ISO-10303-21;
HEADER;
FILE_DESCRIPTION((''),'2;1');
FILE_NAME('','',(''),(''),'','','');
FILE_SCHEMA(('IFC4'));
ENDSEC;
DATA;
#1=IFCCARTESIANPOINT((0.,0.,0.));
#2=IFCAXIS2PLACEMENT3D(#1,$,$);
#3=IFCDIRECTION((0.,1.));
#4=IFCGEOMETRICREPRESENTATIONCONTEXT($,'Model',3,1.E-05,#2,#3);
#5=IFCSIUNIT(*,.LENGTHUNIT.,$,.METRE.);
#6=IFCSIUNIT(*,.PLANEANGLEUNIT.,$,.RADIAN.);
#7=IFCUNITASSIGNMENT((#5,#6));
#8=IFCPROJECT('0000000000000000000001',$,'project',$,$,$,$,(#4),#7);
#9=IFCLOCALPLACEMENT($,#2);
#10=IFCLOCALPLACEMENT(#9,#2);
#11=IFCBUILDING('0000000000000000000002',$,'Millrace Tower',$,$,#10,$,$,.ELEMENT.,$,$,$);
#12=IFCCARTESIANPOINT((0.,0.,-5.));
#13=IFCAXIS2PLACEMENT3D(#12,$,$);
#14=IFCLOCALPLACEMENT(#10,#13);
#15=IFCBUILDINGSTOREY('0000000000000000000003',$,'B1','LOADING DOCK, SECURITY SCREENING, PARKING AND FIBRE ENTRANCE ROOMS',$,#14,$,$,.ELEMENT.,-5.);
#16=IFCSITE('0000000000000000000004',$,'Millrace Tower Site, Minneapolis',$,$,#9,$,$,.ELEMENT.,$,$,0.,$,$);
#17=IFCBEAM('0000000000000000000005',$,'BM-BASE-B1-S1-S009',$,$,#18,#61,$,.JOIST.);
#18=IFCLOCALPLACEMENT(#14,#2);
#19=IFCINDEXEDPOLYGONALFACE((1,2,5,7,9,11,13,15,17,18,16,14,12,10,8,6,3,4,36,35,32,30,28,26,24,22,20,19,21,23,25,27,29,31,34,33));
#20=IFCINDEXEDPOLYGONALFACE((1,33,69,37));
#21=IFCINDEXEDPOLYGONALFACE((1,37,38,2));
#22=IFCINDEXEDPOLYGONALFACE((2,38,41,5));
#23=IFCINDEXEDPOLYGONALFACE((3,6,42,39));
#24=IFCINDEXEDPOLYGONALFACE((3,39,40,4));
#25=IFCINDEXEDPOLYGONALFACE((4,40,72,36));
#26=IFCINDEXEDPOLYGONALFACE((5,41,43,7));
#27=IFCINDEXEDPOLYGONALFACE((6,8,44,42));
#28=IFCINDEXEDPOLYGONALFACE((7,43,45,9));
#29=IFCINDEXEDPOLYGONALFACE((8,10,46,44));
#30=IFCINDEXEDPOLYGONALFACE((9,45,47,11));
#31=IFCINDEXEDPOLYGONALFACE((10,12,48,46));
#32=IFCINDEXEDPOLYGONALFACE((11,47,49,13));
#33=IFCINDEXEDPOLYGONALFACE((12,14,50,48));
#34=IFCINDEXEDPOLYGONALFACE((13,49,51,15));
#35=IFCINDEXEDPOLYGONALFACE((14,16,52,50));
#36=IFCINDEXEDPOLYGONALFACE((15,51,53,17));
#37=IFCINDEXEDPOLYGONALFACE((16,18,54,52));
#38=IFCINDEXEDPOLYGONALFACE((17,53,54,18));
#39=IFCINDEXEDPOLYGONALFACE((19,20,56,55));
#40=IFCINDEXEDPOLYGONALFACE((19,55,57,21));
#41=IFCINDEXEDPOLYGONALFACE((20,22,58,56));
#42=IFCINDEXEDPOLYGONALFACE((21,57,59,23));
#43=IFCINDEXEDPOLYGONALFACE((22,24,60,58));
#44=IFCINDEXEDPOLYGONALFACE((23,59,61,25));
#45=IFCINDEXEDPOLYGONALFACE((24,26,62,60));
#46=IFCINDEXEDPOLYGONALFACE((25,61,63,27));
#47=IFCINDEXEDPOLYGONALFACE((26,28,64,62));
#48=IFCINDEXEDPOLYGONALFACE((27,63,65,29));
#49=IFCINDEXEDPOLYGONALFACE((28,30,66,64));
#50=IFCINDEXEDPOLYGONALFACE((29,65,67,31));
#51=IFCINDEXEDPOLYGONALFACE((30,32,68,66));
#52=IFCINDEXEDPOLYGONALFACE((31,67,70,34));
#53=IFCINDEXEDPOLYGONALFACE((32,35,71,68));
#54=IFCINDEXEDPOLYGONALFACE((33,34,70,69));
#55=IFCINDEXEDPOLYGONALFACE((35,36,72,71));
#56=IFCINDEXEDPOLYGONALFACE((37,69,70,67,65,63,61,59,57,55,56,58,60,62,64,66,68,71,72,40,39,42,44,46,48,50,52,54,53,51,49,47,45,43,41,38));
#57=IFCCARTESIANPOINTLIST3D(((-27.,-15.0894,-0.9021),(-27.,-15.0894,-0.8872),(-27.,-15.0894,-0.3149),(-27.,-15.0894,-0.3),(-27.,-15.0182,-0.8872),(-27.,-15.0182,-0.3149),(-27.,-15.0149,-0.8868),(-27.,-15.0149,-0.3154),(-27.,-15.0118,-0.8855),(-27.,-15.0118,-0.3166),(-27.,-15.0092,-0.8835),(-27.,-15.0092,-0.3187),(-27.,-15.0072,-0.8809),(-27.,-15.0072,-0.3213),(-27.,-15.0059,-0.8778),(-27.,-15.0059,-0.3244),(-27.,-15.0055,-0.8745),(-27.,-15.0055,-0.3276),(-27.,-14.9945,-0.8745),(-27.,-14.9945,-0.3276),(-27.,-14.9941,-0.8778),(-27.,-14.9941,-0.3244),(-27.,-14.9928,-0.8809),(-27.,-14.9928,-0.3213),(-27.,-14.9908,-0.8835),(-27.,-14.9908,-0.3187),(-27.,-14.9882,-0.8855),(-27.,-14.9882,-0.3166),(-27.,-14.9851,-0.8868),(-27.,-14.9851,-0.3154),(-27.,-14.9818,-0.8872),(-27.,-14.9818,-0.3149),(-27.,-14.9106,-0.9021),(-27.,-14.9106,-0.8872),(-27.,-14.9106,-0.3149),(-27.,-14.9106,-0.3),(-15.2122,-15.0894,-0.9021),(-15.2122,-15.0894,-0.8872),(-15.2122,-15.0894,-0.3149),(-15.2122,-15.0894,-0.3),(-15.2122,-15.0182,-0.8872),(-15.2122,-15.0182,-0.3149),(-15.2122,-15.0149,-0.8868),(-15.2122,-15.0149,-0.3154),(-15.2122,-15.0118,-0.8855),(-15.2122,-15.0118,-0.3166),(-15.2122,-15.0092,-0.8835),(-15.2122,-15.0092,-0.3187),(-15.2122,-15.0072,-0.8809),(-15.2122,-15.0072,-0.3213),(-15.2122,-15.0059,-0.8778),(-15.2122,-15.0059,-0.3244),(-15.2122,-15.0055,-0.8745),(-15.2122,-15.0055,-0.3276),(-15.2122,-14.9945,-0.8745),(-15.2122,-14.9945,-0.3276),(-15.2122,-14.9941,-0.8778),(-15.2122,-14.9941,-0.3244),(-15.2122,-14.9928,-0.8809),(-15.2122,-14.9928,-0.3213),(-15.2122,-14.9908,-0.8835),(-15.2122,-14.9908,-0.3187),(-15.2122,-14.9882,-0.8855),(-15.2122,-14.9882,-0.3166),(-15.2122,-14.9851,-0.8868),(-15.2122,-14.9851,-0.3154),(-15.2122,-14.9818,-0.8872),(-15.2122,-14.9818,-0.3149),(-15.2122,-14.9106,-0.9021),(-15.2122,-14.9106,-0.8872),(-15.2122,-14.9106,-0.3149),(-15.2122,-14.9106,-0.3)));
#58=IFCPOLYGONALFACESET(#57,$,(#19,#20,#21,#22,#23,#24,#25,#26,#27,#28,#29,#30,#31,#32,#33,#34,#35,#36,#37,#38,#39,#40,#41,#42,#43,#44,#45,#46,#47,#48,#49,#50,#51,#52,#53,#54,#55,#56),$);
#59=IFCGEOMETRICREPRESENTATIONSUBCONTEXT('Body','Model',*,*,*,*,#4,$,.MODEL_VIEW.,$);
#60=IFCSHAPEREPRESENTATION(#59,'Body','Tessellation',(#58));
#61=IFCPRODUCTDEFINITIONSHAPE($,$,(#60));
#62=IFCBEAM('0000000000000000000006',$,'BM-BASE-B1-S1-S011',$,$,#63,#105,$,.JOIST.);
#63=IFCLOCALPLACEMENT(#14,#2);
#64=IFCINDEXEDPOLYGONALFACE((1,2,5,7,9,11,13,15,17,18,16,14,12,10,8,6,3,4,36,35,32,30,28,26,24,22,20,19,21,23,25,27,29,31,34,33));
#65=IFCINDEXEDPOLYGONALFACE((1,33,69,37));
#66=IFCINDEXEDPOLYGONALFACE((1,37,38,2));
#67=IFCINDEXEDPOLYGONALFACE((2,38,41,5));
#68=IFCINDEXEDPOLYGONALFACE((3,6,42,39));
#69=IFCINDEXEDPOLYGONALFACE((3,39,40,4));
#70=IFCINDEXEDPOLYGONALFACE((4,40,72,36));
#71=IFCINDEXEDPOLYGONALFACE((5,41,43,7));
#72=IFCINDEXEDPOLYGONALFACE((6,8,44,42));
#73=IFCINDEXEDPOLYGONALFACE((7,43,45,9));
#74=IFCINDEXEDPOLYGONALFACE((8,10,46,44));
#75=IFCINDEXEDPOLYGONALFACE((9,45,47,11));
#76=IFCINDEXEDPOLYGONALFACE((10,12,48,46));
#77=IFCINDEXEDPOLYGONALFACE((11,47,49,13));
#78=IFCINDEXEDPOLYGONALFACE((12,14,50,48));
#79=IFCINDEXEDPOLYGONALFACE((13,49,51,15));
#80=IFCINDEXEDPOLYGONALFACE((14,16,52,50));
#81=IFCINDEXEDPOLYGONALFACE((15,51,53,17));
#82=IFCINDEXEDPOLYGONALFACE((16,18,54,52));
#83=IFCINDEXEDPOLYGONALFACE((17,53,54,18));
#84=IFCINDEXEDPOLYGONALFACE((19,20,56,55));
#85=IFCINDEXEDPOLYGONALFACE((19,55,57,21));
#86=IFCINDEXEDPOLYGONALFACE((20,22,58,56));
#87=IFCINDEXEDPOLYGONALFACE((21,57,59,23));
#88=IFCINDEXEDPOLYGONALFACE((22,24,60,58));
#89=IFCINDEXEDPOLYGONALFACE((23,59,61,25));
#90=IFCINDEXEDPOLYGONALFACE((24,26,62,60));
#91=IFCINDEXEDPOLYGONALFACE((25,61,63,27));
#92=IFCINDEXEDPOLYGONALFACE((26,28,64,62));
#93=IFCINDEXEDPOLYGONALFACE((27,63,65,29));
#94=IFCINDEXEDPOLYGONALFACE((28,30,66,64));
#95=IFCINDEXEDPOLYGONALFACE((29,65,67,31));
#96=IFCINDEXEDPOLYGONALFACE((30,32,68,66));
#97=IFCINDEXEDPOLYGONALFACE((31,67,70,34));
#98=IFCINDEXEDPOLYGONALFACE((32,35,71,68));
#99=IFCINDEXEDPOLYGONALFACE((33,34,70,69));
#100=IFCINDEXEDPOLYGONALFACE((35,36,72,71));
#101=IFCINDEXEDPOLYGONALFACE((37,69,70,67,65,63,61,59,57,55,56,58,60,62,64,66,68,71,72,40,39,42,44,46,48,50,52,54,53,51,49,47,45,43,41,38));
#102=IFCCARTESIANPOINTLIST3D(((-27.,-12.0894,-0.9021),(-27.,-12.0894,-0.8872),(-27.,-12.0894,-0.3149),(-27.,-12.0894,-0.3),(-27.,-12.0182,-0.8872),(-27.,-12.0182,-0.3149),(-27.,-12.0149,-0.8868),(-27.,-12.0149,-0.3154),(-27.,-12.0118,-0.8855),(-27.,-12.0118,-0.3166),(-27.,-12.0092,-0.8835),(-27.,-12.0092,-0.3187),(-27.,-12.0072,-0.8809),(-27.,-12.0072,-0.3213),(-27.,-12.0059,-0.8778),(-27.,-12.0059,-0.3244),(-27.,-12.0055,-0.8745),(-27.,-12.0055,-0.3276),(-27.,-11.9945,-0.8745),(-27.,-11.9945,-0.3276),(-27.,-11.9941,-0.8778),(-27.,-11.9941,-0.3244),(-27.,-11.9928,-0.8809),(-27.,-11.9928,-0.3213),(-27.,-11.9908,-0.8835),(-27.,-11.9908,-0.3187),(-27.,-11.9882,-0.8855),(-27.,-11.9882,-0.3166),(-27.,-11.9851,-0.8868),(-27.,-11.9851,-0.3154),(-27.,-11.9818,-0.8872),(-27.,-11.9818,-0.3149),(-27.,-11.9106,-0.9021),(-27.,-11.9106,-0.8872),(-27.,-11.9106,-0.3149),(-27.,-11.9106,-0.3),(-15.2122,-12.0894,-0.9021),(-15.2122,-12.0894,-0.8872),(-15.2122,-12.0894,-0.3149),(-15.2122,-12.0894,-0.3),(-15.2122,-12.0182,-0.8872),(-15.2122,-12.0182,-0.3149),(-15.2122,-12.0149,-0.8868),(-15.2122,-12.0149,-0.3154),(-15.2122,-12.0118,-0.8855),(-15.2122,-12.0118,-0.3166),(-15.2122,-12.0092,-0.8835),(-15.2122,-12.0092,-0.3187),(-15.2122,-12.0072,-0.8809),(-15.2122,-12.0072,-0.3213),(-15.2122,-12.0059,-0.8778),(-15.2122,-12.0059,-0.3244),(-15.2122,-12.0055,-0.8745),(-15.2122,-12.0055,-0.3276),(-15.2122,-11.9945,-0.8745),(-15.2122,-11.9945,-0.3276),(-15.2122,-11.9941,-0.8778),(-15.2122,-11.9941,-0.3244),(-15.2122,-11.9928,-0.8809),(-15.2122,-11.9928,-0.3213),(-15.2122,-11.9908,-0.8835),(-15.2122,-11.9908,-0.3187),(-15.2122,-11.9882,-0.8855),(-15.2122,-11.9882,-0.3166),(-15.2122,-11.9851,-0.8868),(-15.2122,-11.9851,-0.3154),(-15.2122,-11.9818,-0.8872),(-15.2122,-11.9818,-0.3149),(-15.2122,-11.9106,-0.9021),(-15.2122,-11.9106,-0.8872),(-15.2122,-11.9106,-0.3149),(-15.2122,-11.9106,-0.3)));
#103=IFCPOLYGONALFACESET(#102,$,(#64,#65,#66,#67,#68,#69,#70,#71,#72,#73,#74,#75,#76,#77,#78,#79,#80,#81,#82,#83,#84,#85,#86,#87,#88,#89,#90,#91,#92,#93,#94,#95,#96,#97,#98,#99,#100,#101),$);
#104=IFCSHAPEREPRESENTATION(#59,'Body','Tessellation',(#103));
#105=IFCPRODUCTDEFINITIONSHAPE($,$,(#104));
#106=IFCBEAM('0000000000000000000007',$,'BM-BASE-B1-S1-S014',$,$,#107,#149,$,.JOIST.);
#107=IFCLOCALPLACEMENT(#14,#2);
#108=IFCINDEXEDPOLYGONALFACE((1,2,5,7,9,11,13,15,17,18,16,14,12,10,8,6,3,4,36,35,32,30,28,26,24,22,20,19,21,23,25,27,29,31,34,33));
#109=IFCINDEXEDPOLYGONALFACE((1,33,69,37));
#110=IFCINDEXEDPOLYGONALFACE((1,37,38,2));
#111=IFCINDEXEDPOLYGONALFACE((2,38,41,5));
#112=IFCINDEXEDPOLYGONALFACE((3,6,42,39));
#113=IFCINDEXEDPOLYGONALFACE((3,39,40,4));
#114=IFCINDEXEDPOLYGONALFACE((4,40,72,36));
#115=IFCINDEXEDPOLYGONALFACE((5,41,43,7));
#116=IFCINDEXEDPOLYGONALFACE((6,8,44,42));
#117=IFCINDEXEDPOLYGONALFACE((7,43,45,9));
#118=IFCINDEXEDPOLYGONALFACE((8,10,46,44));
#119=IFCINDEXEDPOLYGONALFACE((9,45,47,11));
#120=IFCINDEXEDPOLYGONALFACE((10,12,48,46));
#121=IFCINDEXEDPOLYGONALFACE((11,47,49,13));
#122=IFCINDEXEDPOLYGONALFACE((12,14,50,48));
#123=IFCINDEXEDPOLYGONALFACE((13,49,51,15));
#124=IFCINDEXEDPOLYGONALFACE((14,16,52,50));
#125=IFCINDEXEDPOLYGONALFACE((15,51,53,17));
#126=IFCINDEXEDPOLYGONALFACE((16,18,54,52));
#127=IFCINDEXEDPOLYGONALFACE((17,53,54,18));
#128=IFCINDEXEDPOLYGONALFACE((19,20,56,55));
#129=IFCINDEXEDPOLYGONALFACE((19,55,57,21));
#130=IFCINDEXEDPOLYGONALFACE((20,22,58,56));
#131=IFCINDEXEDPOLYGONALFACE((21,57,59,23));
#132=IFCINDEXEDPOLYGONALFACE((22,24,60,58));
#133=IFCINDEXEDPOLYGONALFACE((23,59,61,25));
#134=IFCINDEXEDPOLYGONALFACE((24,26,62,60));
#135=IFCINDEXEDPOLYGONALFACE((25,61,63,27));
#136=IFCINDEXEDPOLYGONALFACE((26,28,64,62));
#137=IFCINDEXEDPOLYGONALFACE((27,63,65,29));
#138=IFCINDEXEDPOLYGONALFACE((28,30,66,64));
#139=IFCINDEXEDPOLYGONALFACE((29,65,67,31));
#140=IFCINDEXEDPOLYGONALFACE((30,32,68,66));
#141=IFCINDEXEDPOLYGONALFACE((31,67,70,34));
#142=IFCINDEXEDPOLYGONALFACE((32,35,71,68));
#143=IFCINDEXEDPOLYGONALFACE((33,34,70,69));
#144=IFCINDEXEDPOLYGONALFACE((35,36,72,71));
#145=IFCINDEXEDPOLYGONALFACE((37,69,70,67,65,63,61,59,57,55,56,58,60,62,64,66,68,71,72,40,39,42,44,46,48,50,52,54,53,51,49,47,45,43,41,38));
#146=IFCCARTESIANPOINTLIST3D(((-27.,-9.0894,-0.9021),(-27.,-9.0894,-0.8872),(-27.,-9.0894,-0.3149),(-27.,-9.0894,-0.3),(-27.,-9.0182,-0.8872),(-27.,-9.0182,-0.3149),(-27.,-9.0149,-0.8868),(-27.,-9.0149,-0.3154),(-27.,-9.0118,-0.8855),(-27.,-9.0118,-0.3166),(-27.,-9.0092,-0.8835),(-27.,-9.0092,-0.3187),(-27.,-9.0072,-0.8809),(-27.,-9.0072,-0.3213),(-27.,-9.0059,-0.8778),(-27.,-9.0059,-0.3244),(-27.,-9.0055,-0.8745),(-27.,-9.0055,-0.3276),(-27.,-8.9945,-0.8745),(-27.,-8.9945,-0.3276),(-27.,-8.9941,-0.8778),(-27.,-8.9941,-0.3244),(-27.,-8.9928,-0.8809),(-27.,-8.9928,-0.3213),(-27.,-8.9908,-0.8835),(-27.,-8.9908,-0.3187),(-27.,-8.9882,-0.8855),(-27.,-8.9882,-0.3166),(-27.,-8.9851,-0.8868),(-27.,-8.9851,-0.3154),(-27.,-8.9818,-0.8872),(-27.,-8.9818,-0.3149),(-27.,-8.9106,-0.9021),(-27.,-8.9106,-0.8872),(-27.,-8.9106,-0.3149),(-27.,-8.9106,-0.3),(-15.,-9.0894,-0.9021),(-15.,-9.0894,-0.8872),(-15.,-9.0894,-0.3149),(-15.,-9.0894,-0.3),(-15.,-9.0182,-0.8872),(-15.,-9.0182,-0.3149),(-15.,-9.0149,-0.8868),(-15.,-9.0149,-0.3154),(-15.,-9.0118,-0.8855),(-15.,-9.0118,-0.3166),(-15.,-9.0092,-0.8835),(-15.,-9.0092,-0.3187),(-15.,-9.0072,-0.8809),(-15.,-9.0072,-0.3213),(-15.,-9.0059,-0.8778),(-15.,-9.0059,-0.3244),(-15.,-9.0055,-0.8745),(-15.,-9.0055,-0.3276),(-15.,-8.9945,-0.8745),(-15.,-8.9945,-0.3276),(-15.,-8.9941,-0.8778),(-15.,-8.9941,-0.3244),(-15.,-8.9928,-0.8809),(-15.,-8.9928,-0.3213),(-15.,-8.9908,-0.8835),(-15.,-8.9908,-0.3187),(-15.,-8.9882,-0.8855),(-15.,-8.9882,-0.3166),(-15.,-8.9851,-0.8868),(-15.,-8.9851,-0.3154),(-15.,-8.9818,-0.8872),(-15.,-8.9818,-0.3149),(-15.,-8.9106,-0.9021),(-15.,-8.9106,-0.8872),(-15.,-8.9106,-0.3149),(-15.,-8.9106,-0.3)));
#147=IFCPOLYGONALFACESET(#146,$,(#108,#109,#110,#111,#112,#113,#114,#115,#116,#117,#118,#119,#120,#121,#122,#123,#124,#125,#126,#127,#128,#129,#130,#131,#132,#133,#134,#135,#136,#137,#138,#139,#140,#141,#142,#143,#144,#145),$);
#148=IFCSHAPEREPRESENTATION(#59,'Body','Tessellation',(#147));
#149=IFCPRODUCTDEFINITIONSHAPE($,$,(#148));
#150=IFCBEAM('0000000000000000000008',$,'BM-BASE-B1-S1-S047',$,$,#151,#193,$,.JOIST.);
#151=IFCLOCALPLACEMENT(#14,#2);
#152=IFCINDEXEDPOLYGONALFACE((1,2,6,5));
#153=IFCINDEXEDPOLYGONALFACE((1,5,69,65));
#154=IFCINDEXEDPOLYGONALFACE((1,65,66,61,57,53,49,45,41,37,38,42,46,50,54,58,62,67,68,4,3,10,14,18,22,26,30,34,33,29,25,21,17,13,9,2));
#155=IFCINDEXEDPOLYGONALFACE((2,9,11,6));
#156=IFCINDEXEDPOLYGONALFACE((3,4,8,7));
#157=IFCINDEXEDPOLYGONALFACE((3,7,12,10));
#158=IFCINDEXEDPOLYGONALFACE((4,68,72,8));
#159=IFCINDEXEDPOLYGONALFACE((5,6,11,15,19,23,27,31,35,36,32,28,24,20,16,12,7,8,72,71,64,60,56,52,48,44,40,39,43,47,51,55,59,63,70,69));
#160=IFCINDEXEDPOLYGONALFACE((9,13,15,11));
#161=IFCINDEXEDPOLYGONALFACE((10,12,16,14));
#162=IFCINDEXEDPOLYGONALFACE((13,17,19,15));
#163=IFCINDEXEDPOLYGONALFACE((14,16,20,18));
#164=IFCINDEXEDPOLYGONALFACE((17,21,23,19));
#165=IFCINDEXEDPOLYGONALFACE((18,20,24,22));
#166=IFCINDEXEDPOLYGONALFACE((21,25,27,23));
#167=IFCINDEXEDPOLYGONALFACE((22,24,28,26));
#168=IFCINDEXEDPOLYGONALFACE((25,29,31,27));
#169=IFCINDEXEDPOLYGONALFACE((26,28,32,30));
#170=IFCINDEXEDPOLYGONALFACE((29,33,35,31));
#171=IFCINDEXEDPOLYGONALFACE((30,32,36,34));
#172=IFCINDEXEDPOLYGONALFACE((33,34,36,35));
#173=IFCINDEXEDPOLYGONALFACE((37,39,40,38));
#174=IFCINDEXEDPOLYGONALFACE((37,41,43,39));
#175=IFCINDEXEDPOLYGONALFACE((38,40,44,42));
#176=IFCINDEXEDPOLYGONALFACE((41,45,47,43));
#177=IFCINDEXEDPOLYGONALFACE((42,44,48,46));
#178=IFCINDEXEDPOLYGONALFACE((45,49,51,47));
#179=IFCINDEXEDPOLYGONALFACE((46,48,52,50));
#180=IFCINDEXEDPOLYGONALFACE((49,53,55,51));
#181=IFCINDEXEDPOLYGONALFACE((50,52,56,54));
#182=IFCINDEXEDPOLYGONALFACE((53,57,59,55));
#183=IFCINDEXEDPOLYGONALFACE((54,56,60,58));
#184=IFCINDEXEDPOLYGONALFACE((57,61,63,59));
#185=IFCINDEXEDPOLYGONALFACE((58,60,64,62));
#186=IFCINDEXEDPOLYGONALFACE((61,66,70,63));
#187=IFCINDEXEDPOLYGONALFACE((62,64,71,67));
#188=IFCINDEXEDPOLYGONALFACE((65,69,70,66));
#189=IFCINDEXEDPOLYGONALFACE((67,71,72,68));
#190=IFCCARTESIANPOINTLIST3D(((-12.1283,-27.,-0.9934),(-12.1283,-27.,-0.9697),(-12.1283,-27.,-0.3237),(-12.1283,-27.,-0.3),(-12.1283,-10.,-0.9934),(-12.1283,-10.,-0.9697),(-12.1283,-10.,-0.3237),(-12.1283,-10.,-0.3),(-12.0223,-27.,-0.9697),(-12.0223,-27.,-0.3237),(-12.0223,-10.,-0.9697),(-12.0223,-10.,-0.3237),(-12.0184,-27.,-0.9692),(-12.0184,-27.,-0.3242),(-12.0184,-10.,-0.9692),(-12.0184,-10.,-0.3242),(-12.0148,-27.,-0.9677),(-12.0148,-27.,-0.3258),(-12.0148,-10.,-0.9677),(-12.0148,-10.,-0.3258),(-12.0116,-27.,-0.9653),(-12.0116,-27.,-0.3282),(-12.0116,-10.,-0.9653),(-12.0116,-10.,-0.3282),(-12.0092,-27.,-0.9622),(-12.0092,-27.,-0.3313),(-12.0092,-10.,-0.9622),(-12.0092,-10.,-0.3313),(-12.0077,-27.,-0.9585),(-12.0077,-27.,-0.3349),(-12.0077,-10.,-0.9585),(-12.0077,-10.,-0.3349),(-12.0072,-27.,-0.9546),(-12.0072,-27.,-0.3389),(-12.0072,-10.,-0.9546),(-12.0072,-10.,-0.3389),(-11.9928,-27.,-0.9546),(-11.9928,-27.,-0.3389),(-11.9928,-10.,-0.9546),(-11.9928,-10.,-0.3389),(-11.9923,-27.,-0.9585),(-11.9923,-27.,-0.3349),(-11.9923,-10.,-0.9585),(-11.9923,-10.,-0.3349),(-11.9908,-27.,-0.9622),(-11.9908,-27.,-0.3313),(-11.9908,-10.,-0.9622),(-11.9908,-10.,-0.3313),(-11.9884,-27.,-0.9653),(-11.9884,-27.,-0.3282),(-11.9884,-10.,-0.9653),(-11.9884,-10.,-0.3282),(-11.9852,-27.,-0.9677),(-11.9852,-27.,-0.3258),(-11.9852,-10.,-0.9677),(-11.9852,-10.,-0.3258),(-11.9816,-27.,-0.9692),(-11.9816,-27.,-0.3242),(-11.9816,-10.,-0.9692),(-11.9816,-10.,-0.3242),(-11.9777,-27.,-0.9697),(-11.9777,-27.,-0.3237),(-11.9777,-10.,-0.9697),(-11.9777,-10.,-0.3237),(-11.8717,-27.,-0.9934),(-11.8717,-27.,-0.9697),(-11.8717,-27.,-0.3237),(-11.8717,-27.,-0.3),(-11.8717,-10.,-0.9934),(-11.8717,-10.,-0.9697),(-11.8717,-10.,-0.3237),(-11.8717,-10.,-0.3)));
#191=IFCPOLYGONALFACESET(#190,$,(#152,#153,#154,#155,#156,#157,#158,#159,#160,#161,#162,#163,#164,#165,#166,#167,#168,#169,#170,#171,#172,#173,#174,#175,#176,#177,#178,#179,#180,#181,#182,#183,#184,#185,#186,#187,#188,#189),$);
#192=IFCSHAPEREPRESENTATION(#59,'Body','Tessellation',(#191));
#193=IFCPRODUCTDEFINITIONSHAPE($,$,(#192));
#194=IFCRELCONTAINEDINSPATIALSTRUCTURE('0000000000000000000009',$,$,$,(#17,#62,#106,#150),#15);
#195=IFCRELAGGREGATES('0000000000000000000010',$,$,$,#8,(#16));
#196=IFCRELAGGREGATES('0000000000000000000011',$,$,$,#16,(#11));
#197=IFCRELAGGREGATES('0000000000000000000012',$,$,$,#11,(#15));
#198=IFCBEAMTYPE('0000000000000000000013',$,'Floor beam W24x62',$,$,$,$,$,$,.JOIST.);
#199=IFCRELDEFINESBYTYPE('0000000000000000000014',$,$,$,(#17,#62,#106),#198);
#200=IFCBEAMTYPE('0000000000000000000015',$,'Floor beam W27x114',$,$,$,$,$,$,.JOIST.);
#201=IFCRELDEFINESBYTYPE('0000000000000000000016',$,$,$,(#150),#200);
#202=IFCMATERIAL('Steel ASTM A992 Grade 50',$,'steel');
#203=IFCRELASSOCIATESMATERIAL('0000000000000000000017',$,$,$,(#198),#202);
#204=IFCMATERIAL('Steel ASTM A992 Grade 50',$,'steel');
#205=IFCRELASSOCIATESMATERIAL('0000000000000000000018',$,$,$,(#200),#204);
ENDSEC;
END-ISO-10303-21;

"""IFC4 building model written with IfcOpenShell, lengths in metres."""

from ifc_helpers import new_model, si_unit, direction, frame, origin, origin_2d, place, context, subcontext, project, spatial, i_section, extrude, material, material_profile, profile_set, type_object, element, save


model = new_model("IFC4")

# Units and contexts
model_context = context("Model", 3, precision=1e-05, world=origin(), true_north=direction((0.0, 1.0)))
body_context = subcontext(model_context, "Body", "Model", "MODEL_VIEW")
ifc_project = project(units=[si_unit("LENGTHUNIT", "METRE"), si_unit("PLANEANGLEUNIT", "RADIAN")], contexts=[model_context])

# Site, building, storey
site_placement = place(None, origin())
site = spatial("IfcSite", under=ifc_project, at=site_placement, Name="Millrace Tower Site, Minneapolis", CompositionType="ELEMENT", RefElevation=0.0)
building_placement = place(site_placement, origin())
building = spatial("IfcBuilding", under=site, at=building_placement, Name="Millrace Tower", CompositionType="ELEMENT")
storey_placement = place(building_placement, frame((0.0, 0.0, -5.0)))
storey = spatial("IfcBuildingStorey", under=building, at=storey_placement, Name="B1", Description="LOADING DOCK, SECURITY SCREENING, PARKING AND FIBRE ENTRANCE ROOMS", CompositionType="ELEMENT", Elevation=-5.0)

# Beams
ifc_material_1 = material(Name="Steel ASTM A992 Grade 50", Category="steel")
ifc_material_profile_1 = material_profile(ifc_material_1, i_section(OverallWidth=0.1787, OverallDepth=0.6021, WebThickness=0.011, FlangeThickness=0.0149, FilletRadius=0.0127, at=origin_2d()))
ifc_profile_set_1 = profile_set([ifc_material_profile_1], Name="Steel ASTM A992 Grade 50")
beam_type_1 = type_object("IfcBeamType", Name="Floor beam W24x62", PredefinedType="JOIST", material=ifc_profile_set_1)
for number, where, z_axis, x_axis, name in (
    (1, (-27.0, -15.0, -0.6011), (1.0, 0.0, 0.0), (0.0, 1.0, 0.0), "BM-BASE-B1-S1-S009"),
    (2, (-27.0, -12.0, -0.6011), (1.0, 0.0, 0.0), (0.0, 1.0, 0.0), "BM-BASE-B1-S1-S011"),
):
    element("IfcBeam", number, at=place(storey_placement, frame(where, z_axis=z_axis, x_axis=x_axis)), inside=storey, type_object=beam_type_1, Name=name, PredefinedType="JOIST", context=body_context, shape_type="SweptSolid", body=[
        extrude(i_section(OverallWidth=0.1787, OverallDepth=0.6021, WebThickness=0.011, FlangeThickness=0.0149, FilletRadius=0.0127, at=origin_2d()), origin(), (0.0, 0.0, 1.0), 11.7878),
    ])
beam_1_placement = place(storey_placement, frame((-27.0, -9.0, -0.6011), z_axis=(1.0, 0.0, 0.0), x_axis=(0.0, 1.0, 0.0)))
element("IfcBeam", 3, at=beam_1_placement, inside=storey, type_object=beam_type_1, Name="BM-BASE-B1-S1-S014", PredefinedType="JOIST", context=body_context, shape_type="SweptSolid", body=[
    extrude(i_section(OverallWidth=0.1787, OverallDepth=0.6021, WebThickness=0.011, FlangeThickness=0.0149, FilletRadius=0.0127, at=origin_2d()), origin(), (0.0, 0.0, 1.0), 12.0),
])
ifc_material_2 = material(Name="Steel ASTM A992 Grade 50", Category="steel")
ifc_material_profile_2 = material_profile(ifc_material_2, i_section(OverallWidth=0.2566, OverallDepth=0.6934, WebThickness=0.0144, FlangeThickness=0.0237, FilletRadius=0.0151, at=origin_2d()))
ifc_profile_set_2 = profile_set([ifc_material_profile_2], Name="Steel ASTM A992 Grade 50")
beam_type_2 = type_object("IfcBeamType", Name="Floor beam W27x114", PredefinedType="JOIST", material=ifc_profile_set_2)
for number, where, z_axis, x_axis, name in (
    (4, (-12.0, -27.0, -0.6467), (0.0, 1.0, 0.0), (-1.0, 0.0, 0.0), "BM-BASE-B1-S1-S047"),
):
    element("IfcBeam", number, at=place(storey_placement, frame(where, z_axis=z_axis, x_axis=x_axis)), inside=storey, type_object=beam_type_2, Name=name, PredefinedType="JOIST", context=body_context, shape_type="SweptSolid", body=[
        extrude(i_section(OverallWidth=0.2566, OverallDepth=0.6934, WebThickness=0.0144, FlangeThickness=0.0237, FilletRadius=0.0151, at=origin_2d()), origin(), (0.0, 0.0, 1.0), 17.0),
    ])

save(model, "model.ifc")
